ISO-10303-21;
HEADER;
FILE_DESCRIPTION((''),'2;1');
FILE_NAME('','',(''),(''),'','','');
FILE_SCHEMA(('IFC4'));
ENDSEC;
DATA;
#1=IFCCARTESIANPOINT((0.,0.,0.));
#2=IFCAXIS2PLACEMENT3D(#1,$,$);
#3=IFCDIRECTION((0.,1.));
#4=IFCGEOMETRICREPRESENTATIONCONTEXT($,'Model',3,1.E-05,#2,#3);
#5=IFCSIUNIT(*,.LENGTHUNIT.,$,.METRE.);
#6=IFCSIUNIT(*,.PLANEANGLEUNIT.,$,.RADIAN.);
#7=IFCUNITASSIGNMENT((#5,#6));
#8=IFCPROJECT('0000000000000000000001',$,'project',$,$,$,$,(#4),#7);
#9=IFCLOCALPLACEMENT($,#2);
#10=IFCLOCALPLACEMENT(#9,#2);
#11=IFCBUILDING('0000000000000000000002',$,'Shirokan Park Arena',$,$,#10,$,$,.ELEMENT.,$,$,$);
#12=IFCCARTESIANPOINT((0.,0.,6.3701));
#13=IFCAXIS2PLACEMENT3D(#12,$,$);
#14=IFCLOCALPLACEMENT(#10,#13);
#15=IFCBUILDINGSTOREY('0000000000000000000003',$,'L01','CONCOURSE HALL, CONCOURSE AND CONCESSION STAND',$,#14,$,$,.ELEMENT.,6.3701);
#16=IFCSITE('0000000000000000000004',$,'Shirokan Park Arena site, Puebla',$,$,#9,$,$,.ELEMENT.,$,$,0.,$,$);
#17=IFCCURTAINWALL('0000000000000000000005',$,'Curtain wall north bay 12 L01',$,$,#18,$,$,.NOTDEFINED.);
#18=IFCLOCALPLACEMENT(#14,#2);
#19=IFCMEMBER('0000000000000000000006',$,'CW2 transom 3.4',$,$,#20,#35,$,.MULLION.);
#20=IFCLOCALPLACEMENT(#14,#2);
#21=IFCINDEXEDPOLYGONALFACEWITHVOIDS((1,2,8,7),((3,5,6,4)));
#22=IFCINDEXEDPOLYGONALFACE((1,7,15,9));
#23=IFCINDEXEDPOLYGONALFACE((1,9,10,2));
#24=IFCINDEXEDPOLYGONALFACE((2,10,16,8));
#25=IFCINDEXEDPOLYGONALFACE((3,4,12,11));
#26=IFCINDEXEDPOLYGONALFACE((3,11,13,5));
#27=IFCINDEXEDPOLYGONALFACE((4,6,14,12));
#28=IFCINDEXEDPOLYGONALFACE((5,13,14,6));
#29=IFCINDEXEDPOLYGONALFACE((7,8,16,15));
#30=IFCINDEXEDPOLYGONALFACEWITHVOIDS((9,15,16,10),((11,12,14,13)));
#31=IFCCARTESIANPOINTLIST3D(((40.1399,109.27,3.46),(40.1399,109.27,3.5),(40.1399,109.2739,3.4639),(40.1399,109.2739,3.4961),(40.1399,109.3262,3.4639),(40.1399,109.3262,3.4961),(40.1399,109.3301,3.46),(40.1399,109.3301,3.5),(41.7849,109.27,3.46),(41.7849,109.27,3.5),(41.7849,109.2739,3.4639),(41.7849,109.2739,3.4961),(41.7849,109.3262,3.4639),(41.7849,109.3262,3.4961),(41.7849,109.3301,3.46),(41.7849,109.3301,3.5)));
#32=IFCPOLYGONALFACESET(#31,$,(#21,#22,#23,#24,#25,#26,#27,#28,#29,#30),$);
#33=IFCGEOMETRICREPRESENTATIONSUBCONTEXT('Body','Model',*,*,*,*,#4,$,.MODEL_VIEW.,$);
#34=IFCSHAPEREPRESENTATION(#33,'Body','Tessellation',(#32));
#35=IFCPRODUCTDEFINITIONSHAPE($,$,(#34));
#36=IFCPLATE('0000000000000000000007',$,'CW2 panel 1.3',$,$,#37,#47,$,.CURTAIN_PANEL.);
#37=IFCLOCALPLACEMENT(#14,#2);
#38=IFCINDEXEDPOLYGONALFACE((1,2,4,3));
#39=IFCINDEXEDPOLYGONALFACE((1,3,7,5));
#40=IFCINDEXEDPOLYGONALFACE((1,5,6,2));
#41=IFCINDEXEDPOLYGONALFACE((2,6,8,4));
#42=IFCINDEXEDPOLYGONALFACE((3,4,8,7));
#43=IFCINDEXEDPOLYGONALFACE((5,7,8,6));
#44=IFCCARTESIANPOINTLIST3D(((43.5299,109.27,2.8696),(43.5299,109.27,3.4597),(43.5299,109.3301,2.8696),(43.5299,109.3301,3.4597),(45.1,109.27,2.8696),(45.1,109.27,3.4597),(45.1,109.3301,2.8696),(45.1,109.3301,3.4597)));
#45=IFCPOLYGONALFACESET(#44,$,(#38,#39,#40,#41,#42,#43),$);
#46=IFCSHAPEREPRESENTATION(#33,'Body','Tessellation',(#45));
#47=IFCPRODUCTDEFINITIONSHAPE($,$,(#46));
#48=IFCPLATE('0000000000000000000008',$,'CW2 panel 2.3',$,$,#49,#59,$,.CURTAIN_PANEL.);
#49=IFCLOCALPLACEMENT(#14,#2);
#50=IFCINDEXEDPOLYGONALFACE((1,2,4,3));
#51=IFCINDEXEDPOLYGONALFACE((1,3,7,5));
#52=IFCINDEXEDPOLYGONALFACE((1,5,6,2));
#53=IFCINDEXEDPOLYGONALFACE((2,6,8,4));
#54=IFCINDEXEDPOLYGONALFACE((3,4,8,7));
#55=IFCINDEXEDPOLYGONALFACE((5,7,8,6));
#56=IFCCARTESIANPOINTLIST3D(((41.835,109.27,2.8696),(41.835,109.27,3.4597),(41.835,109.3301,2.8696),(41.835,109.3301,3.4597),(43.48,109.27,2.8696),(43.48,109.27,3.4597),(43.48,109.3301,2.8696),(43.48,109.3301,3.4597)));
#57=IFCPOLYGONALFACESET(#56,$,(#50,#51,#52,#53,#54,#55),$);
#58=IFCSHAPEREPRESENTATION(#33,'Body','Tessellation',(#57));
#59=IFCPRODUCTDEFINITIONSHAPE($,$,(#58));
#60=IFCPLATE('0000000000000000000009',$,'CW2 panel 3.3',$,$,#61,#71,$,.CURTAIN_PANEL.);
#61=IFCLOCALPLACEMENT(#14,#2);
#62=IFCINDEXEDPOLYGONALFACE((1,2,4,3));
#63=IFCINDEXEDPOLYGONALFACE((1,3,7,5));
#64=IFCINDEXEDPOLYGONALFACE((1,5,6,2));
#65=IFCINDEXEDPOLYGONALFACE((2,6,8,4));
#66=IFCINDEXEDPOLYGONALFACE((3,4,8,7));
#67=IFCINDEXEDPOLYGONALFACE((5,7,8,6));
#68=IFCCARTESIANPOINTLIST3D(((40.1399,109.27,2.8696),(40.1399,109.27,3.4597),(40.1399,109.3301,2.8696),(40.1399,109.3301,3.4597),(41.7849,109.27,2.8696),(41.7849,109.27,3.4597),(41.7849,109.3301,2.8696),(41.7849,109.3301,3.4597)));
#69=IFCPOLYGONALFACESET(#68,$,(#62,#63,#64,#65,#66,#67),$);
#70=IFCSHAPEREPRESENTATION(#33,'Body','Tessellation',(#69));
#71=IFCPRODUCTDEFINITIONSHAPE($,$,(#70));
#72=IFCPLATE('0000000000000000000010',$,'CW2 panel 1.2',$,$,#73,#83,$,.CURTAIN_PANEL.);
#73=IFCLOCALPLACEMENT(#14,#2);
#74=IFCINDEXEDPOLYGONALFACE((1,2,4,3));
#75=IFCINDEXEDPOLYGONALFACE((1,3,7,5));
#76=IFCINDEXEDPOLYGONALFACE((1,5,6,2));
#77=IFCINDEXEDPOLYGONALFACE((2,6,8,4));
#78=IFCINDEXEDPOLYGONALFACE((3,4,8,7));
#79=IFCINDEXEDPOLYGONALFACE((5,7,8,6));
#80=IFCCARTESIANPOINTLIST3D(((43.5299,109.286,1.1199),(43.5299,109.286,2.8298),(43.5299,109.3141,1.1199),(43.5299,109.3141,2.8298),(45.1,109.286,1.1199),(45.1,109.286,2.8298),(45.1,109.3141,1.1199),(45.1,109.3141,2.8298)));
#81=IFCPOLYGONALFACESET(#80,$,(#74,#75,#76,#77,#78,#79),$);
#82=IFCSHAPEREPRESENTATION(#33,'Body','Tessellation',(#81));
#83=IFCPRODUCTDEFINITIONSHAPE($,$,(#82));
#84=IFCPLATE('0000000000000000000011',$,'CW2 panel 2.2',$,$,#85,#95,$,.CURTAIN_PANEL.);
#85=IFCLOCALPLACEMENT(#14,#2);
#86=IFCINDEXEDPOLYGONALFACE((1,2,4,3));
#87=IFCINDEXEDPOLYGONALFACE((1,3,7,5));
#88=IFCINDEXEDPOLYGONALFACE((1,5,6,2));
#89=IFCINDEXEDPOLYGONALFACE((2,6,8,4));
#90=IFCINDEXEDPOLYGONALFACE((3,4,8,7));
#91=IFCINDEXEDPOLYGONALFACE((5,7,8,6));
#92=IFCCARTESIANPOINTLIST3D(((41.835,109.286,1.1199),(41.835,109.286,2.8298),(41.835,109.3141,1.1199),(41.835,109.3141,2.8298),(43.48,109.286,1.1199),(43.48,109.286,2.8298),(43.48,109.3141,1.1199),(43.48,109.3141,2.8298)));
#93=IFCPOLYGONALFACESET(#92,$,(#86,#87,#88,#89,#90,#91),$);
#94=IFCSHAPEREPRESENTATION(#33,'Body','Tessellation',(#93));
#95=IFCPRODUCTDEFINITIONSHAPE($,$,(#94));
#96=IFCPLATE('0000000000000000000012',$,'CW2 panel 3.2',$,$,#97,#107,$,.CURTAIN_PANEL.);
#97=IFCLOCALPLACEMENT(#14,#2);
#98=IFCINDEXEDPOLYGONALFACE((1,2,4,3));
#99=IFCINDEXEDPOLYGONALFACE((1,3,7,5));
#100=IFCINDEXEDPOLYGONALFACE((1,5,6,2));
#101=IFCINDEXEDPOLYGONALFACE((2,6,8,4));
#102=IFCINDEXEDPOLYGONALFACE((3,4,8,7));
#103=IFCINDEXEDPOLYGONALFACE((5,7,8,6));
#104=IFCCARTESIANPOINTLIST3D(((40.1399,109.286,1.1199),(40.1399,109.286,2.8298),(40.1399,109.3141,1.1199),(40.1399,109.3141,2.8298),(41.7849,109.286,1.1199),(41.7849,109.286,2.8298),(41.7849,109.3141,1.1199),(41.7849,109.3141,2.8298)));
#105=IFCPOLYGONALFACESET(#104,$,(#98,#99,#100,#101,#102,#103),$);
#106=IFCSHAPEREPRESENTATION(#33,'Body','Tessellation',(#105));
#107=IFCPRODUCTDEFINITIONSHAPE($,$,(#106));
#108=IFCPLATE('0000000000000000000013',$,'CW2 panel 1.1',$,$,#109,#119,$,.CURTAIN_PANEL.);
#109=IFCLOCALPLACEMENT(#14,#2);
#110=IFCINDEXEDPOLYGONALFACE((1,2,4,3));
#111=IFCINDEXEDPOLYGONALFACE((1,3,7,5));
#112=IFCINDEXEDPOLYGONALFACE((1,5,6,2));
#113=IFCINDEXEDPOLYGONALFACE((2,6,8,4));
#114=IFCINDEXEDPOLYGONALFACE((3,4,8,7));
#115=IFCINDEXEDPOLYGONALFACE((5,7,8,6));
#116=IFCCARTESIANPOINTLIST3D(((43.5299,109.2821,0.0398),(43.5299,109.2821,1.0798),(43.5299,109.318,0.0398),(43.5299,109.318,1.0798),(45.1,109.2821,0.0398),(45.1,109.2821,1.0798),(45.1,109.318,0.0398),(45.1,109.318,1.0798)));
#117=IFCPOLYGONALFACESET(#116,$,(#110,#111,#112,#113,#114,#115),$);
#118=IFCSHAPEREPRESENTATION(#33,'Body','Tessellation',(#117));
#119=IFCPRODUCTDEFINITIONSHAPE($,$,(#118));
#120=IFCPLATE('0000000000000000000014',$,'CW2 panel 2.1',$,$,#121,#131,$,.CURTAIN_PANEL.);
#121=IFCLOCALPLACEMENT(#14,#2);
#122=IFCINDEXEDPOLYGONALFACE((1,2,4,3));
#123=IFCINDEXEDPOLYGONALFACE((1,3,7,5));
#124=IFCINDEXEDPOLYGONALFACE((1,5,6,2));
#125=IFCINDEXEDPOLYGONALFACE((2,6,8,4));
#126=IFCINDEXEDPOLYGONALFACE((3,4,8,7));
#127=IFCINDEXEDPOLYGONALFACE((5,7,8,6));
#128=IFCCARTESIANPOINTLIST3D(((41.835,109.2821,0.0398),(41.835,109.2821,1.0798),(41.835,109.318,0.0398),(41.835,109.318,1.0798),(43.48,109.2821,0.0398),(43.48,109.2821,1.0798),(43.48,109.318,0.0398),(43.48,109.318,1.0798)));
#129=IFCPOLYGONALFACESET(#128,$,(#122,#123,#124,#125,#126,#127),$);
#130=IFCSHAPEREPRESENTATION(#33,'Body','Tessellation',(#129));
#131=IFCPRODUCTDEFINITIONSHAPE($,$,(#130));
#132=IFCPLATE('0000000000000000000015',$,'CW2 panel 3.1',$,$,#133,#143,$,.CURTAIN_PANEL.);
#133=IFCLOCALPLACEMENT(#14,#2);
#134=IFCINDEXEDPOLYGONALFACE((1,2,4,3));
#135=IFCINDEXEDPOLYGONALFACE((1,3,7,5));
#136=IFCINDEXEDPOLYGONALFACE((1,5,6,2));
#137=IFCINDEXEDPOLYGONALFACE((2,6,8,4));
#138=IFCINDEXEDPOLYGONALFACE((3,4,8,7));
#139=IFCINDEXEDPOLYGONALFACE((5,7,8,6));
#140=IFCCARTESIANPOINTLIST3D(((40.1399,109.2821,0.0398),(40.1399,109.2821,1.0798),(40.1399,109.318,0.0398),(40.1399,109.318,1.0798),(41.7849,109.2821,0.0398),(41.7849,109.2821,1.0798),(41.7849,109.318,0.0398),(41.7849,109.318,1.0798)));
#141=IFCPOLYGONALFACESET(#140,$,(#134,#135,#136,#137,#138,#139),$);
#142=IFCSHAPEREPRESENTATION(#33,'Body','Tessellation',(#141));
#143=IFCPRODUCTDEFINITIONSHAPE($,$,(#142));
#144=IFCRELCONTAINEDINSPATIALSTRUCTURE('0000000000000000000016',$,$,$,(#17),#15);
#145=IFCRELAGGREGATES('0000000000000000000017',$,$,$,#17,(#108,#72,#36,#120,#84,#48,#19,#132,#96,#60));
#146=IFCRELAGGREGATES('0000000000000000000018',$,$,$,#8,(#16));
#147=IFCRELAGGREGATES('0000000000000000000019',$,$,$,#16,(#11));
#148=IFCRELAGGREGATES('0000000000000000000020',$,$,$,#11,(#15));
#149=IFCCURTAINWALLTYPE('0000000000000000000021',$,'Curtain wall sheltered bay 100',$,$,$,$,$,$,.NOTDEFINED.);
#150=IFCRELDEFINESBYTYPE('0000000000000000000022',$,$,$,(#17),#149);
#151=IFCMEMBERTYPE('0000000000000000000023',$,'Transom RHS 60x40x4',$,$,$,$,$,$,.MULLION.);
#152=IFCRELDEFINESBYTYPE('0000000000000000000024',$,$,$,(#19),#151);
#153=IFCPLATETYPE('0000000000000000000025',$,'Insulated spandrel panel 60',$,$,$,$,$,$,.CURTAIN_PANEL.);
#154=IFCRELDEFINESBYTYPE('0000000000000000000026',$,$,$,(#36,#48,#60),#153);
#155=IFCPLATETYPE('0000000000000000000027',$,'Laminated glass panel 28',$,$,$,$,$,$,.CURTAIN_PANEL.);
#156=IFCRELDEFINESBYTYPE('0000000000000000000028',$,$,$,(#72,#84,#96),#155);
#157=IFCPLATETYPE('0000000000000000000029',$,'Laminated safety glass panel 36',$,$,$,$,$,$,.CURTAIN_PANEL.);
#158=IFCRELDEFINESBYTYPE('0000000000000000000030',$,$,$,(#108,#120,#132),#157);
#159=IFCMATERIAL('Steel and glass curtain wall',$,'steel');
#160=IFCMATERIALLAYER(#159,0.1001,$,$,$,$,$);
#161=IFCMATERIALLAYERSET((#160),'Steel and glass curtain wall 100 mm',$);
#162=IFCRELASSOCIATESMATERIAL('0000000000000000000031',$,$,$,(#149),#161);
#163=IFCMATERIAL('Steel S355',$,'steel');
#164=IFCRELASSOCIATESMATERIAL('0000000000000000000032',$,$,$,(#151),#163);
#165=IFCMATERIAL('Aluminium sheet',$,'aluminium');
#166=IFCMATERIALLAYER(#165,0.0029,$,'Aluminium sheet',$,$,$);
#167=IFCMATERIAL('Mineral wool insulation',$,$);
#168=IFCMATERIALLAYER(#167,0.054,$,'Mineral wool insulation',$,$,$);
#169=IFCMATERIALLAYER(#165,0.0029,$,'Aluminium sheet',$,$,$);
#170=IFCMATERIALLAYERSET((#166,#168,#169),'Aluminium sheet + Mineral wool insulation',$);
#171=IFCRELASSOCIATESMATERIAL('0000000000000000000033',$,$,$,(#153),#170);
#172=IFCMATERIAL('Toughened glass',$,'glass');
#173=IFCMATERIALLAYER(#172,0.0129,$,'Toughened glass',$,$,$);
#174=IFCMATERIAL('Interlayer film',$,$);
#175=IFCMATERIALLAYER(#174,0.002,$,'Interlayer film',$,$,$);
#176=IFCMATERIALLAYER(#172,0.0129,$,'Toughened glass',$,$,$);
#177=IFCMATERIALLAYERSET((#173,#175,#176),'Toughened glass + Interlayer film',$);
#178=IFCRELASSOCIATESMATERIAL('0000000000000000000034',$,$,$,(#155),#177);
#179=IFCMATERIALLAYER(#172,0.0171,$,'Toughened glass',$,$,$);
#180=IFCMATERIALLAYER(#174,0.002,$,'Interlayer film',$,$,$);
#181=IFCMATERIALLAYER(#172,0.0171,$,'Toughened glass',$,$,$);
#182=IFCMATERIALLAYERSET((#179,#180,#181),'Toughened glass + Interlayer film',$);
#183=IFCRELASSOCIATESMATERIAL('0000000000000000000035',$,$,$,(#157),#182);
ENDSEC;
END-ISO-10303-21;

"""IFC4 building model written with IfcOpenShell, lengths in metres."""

from ifc_helpers import new_model, si_unit, direction, frame, origin, origin_2d, place, context, subcontext, project, spatial, rectangle, hollow_rectangle, extrude, material, layer, layer_set, material_profile, profile_set, type_object, element, aggregate, save


model = new_model("IFC4")

# Units and contexts
model_context = context("Model", 3, precision=1e-05, world=origin(), true_north=direction((0.0, 1.0)))
body_context = subcontext(model_context, "Body", "Model", "MODEL_VIEW")
ifc_project = project(units=[si_unit("LENGTHUNIT", "METRE"), si_unit("PLANEANGLEUNIT", "RADIAN")], contexts=[model_context])

# Site, building, storey
site_placement = place(None, origin())
site = spatial("IfcSite", under=ifc_project, at=site_placement, Name="Shirokan Park Arena site, Puebla", CompositionType="ELEMENT", RefElevation=0.0)
building_placement = place(site_placement, origin())
building = spatial("IfcBuilding", under=site, at=building_placement, Name="Shirokan Park Arena", CompositionType="ELEMENT")
storey_placement = place(building_placement, frame((0.0, 0.0, 6.3701)))
storey = spatial("IfcBuildingStorey", under=building, at=storey_placement, Name="L01", Description="CONCOURSE HALL, CONCOURSE AND CONCESSION STAND", CompositionType="ELEMENT", Elevation=6.3701)

# Curtain wall, member, plates
ifc_material_1 = material(Name="Steel and glass curtain wall", Category="steel")
ifc_layer_1 = layer(ifc_material_1, 0.1001)
ifc_layer_set_1 = layer_set([ifc_layer_1], Name="Steel and glass curtain wall 100 mm")
curtain_wall_type = type_object("IfcCurtainWallType", Name="Curtain wall sheltered bay 100", PredefinedType="NOTDEFINED", material=ifc_layer_set_1)
curtain_wall_placement = place(storey_placement, origin())
curtain_wall = element("IfcCurtainWall", 1, at=curtain_wall_placement, inside=storey, type_object=curtain_wall_type, Name="Curtain wall north bay 12 L01", PredefinedType="NOTDEFINED")
ifc_material_2 = material(Name="Steel S355", Category="steel")
ifc_material_profile_1 = material_profile(ifc_material_2, hollow_rectangle(XDim=0.0601, YDim=0.04, WallThickness=0.0039, at=origin_2d()), Name="RHS 60x40x4")
ifc_profile_set_1 = profile_set([ifc_material_profile_1], Name="Steel S355")
member_type_1 = type_object("IfcMemberType", Name="Transom RHS 60x40x4", PredefinedType="MULLION", material=ifc_profile_set_1)
member_1_placement = place(storey_placement, frame((41.7849, 109.3, 3.48), z_axis=(-1.0, 0.0, 0.0), x_axis=(0.0, -1.0, 0.0)))
member_1 = element("IfcMember", 2, at=member_1_placement, type_object=member_type_1, Name="CW2 transom 3.4", PredefinedType="MULLION", context=body_context, shape_type="SweptSolid", body=[
    extrude(hollow_rectangle(XDim=0.0601, YDim=0.04, WallThickness=0.0039, at=origin_2d()), origin(), (0.0, 0.0, 1.0), 1.645),
])
ifc_material_3 = material(Name="Aluminium sheet", Category="aluminium")
ifc_layer_2 = layer(ifc_material_3, 0.0029, Name="Aluminium sheet")
ifc_material_4 = material(Name="Mineral wool insulation")
ifc_layer_3 = layer(ifc_material_4, 0.054, Name="Mineral wool insulation")
ifc_layer_4 = layer(ifc_material_3, 0.0029, Name="Aluminium sheet")
ifc_layer_set_2 = layer_set([ifc_layer_2, ifc_layer_3, ifc_layer_4], Name="Aluminium sheet + Mineral wool insulation")
plate_type_1 = type_object("IfcPlateType", Name="Insulated spandrel panel 60", PredefinedType="CURTAIN_PANEL", material=ifc_layer_set_2)
plate_1_placement = place(storey_placement, frame((44.3149, 109.3, 2.8696), z_axis=(0.0, 0.0, 1.0), x_axis=(-1.0, 0.0, 0.0)))
plate_1 = element("IfcPlate", 3, at=plate_1_placement, type_object=plate_type_1, Name="CW2 panel 1.3", PredefinedType="CURTAIN_PANEL", context=body_context, shape_type="SweptSolid", body=[
    extrude(rectangle(XDim=1.5701, YDim=0.0601, at=origin_2d()), origin(), (0.0, 0.0, 1.0), 0.5901),
])
plate_2_placement = place(storey_placement, frame((42.6575, 109.3, 2.8696), z_axis=(0.0, 0.0, 1.0), x_axis=(-1.0, 0.0, 0.0)))
plate_2 = element("IfcPlate", 4, at=plate_2_placement, type_object=plate_type_1, Name="CW2 panel 2.3", PredefinedType="CURTAIN_PANEL", context=body_context, shape_type="SweptSolid", body=[
    extrude(rectangle(XDim=1.645, YDim=0.0601, at=origin_2d()), origin(), (0.0, 0.0, 1.0), 0.5901),
])
plate_3_placement = place(storey_placement, frame((40.9624, 109.3, 2.8696), z_axis=(0.0, 0.0, 1.0), x_axis=(-1.0, 0.0, 0.0)))
plate_3 = element("IfcPlate", 5, at=plate_3_placement, type_object=plate_type_1, Name="CW2 panel 3.3", PredefinedType="CURTAIN_PANEL", context=body_context, shape_type="SweptSolid", body=[
    extrude(rectangle(XDim=1.645, YDim=0.0601, at=origin_2d()), origin(), (0.0, 0.0, 1.0), 0.5901),
])
ifc_material_5 = material(Name="Toughened glass", Category="glass")
ifc_layer_5 = layer(ifc_material_5, 0.0129, Name="Toughened glass")
ifc_material_6 = material(Name="Interlayer film")
ifc_layer_6 = layer(ifc_material_6, 0.002, Name="Interlayer film")
ifc_layer_7 = layer(ifc_material_5, 0.0129, Name="Toughened glass")
ifc_layer_set_3 = layer_set([ifc_layer_5, ifc_layer_6, ifc_layer_7], Name="Toughened glass + Interlayer film")
plate_type_2 = type_object("IfcPlateType", Name="Laminated glass panel 28", PredefinedType="CURTAIN_PANEL", material=ifc_layer_set_3)
plate_4_placement = place(storey_placement, frame((44.3149, 109.3, 1.1199), z_axis=(0.0, 0.0, 1.0), x_axis=(-1.0, 0.0, 0.0)))
plate_4 = element("IfcPlate", 6, at=plate_4_placement, type_object=plate_type_2, Name="CW2 panel 1.2", PredefinedType="CURTAIN_PANEL", context=body_context, shape_type="SweptSolid", body=[
    extrude(rectangle(XDim=1.5701, YDim=0.0281, at=origin_2d()), origin(), (0.0, 0.0, 1.0), 1.71),
])
plate_5_placement = place(storey_placement, frame((42.6575, 109.3, 1.1199), z_axis=(0.0, 0.0, 1.0), x_axis=(-1.0, 0.0, 0.0)))
plate_5 = element("IfcPlate", 7, at=plate_5_placement, type_object=plate_type_2, Name="CW2 panel 2.2", PredefinedType="CURTAIN_PANEL", context=body_context, shape_type="SweptSolid", body=[
    extrude(rectangle(XDim=1.645, YDim=0.0281, at=origin_2d()), origin(), (0.0, 0.0, 1.0), 1.71),
])
plate_6_placement = place(storey_placement, frame((40.9624, 109.3, 1.1199), z_axis=(0.0, 0.0, 1.0), x_axis=(-1.0, 0.0, 0.0)))
plate_6 = element("IfcPlate", 8, at=plate_6_placement, type_object=plate_type_2, Name="CW2 panel 3.2", PredefinedType="CURTAIN_PANEL", context=body_context, shape_type="SweptSolid", body=[
    extrude(rectangle(XDim=1.645, YDim=0.0281, at=origin_2d()), origin(), (0.0, 0.0, 1.0), 1.71),
])
ifc_layer_8 = layer(ifc_material_5, 0.0171, Name="Toughened glass")
ifc_layer_9 = layer(ifc_material_6, 0.002, Name="Interlayer film")
ifc_layer_10 = layer(ifc_material_5, 0.0171, Name="Toughened glass")
ifc_layer_set_4 = layer_set([ifc_layer_8, ifc_layer_9, ifc_layer_10], Name="Toughened glass + Interlayer film")
plate_type_3 = type_object("IfcPlateType", Name="Laminated safety glass panel 36", PredefinedType="CURTAIN_PANEL", material=ifc_layer_set_4)
plate_7_placement = place(storey_placement, frame((44.3149, 109.3, 0.0398), z_axis=(0.0, 0.0, 1.0), x_axis=(-1.0, 0.0, 0.0)))
plate_7 = element("IfcPlate", 9, at=plate_7_placement, type_object=plate_type_3, Name="CW2 panel 1.1", PredefinedType="CURTAIN_PANEL", context=body_context, shape_type="SweptSolid", body=[
    extrude(rectangle(XDim=1.5701, YDim=0.0359, at=origin_2d()), origin(), (0.0, 0.0, 1.0), 1.04),
])
plate_8_placement = place(storey_placement, frame((42.6575, 109.3, 0.0398), z_axis=(0.0, 0.0, 1.0), x_axis=(-1.0, 0.0, 0.0)))
plate_8 = element("IfcPlate", 10, at=plate_8_placement, type_object=plate_type_3, Name="CW2 panel 2.1", PredefinedType="CURTAIN_PANEL", context=body_context, shape_type="SweptSolid", body=[
    extrude(rectangle(XDim=1.645, YDim=0.0359, at=origin_2d()), origin(), (0.0, 0.0, 1.0), 1.04),
])
plate_9_placement = place(storey_placement, frame((40.9624, 109.3, 0.0398), z_axis=(0.0, 0.0, 1.0), x_axis=(-1.0, 0.0, 0.0)))
plate_9 = element("IfcPlate", 11, at=plate_9_placement, type_object=plate_type_3, Name="CW2 panel 3.1", PredefinedType="CURTAIN_PANEL", context=body_context, shape_type="SweptSolid", body=[
    extrude(rectangle(XDim=1.645, YDim=0.0359, at=origin_2d()), origin(), (0.0, 0.0, 1.0), 1.04),
])
aggregate(curtain_wall, [plate_7, plate_4, plate_1, plate_8, plate_5, plate_2, member_1, plate_9, plate_6, plate_3])

save(model, "model.ifc")
